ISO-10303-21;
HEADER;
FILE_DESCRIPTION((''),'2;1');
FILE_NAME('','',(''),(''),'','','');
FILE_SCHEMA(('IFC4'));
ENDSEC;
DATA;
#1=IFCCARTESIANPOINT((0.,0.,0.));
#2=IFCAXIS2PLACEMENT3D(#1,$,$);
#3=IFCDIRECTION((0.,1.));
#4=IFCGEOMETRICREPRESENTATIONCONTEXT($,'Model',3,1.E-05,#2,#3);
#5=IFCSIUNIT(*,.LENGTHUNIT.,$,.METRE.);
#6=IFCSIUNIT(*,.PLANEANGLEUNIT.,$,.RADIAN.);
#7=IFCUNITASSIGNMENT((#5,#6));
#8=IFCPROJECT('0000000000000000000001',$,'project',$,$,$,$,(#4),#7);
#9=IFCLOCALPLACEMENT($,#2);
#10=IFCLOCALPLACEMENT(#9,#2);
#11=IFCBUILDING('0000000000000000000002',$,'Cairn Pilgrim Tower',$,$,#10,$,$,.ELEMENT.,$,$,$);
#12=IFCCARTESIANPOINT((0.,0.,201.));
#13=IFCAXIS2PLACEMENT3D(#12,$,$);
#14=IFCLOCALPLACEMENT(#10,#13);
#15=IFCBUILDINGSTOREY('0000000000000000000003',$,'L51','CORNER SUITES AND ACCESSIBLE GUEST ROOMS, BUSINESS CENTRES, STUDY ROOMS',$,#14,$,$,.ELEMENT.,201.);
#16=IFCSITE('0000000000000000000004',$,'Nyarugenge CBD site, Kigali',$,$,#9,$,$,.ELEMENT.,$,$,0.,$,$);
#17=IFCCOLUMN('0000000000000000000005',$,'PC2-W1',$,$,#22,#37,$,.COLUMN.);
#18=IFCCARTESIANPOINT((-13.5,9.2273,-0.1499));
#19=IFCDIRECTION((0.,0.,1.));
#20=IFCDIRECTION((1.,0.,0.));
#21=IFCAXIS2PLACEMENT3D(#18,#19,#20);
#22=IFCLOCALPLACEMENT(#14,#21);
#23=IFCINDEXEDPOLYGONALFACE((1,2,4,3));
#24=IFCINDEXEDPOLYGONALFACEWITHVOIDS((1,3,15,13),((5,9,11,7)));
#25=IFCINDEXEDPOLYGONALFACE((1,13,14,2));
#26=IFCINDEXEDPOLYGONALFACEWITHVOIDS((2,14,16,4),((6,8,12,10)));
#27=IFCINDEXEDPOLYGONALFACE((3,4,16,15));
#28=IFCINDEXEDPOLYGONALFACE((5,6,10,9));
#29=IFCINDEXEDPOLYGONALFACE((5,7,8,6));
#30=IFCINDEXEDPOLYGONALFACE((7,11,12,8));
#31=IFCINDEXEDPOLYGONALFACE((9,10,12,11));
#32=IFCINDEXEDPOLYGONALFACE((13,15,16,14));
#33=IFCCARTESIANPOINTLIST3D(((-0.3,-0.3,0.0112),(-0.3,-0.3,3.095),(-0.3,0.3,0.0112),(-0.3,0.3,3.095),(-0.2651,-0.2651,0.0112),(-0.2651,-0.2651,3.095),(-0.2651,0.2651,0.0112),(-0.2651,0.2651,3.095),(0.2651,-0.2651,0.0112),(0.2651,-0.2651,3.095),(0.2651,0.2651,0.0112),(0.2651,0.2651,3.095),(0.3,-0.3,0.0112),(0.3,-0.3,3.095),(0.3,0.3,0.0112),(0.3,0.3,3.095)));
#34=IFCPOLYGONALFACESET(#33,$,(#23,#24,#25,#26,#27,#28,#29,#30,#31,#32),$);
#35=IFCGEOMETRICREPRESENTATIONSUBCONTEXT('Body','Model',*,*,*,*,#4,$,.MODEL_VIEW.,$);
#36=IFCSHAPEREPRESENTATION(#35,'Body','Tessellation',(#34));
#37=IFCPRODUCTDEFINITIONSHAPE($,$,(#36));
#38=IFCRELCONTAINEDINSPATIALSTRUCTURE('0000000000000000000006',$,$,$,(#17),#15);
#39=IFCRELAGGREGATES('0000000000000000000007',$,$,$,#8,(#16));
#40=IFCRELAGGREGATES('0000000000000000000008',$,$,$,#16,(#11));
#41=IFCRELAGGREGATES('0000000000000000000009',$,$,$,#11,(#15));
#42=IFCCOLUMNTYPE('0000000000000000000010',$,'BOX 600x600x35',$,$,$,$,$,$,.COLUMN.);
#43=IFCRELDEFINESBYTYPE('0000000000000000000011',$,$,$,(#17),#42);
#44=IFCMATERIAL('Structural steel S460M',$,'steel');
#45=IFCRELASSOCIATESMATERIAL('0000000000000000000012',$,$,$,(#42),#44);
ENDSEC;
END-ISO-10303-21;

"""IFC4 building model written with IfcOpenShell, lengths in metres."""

from ifc_helpers import new_model, si_unit, direction, frame, origin, origin_2d, place, context, subcontext, project, spatial, hollow_rectangle, extrude, clip, halfspace, material, material_profile, profile_set, type_object, element, save


model = new_model("IFC4")

# Units and contexts
model_context = context("Model", 3, precision=1e-05, world=origin(), true_north=direction((0.0, 1.0)))
body_context = subcontext(model_context, "Body", "Model", "MODEL_VIEW")
ifc_project = project(units=[si_unit("LENGTHUNIT", "METRE"), si_unit("PLANEANGLEUNIT", "RADIAN")], contexts=[model_context])

# Site, building, storey
site_placement = place(None, origin())
site = spatial("IfcSite", under=ifc_project, at=site_placement, Name="Nyarugenge CBD site, Kigali", CompositionType="ELEMENT", RefElevation=0.0)
building_placement = place(site_placement, origin())
building = spatial("IfcBuilding", under=site, at=building_placement, Name="Cairn Pilgrim Tower", CompositionType="ELEMENT")
storey_placement = place(building_placement, frame((0.0, 0.0, 201.0)))
storey = spatial("IfcBuildingStorey", under=building, at=storey_placement, Name="L51", Description="CORNER SUITES AND ACCESSIBLE GUEST ROOMS, BUSINESS CENTRES, STUDY ROOMS", CompositionType="ELEMENT", Elevation=201.0)

# Column
ifc_material_1 = material(Name="Structural steel S460M", Category="steel")
ifc_material_profile_1 = material_profile(ifc_material_1, hollow_rectangle(XDim=0.6001, YDim=0.6001, WallThickness=0.0349, at=origin_2d()), Name="BOX 600x600x35")
ifc_profile_set_1 = profile_set([ifc_material_profile_1], Name="Structural steel S460M")
column_type = type_object("IfcColumnType", Name="BOX 600x600x35", PredefinedType="COLUMN", material=ifc_profile_set_1)
column_placement = place(storey_placement, frame((-13.5, 9.2273, -0.1499), z_axis=(0.0, 0.0, 1.0), x_axis=(1.0, 0.0, 0.0)))
element("IfcColumn", 1, at=column_placement, inside=storey, type_object=column_type, Name="PC2-W1", PredefinedType="COLUMN", context=body_context, shape_type="Clipping", body=[
    clip(clip(extrude(hollow_rectangle(XDim=0.6001, YDim=0.6001, WallThickness=0.0349, at=origin_2d()), origin(), (0.0, 0.0, 1.0), 3.5), halfspace(frame((0.0, 0.0, 0.0112), z_axis=(0.0, 0.0, 1.0), x_axis=(1.0, 0.0, 0.0)), True)), halfspace(frame((0.0, 0.0, 3.095), z_axis=(0.0, 0.0, 1.0), x_axis=(1.0, 0.0, 0.0)), False)),
])

save(model, "model.ifc")
